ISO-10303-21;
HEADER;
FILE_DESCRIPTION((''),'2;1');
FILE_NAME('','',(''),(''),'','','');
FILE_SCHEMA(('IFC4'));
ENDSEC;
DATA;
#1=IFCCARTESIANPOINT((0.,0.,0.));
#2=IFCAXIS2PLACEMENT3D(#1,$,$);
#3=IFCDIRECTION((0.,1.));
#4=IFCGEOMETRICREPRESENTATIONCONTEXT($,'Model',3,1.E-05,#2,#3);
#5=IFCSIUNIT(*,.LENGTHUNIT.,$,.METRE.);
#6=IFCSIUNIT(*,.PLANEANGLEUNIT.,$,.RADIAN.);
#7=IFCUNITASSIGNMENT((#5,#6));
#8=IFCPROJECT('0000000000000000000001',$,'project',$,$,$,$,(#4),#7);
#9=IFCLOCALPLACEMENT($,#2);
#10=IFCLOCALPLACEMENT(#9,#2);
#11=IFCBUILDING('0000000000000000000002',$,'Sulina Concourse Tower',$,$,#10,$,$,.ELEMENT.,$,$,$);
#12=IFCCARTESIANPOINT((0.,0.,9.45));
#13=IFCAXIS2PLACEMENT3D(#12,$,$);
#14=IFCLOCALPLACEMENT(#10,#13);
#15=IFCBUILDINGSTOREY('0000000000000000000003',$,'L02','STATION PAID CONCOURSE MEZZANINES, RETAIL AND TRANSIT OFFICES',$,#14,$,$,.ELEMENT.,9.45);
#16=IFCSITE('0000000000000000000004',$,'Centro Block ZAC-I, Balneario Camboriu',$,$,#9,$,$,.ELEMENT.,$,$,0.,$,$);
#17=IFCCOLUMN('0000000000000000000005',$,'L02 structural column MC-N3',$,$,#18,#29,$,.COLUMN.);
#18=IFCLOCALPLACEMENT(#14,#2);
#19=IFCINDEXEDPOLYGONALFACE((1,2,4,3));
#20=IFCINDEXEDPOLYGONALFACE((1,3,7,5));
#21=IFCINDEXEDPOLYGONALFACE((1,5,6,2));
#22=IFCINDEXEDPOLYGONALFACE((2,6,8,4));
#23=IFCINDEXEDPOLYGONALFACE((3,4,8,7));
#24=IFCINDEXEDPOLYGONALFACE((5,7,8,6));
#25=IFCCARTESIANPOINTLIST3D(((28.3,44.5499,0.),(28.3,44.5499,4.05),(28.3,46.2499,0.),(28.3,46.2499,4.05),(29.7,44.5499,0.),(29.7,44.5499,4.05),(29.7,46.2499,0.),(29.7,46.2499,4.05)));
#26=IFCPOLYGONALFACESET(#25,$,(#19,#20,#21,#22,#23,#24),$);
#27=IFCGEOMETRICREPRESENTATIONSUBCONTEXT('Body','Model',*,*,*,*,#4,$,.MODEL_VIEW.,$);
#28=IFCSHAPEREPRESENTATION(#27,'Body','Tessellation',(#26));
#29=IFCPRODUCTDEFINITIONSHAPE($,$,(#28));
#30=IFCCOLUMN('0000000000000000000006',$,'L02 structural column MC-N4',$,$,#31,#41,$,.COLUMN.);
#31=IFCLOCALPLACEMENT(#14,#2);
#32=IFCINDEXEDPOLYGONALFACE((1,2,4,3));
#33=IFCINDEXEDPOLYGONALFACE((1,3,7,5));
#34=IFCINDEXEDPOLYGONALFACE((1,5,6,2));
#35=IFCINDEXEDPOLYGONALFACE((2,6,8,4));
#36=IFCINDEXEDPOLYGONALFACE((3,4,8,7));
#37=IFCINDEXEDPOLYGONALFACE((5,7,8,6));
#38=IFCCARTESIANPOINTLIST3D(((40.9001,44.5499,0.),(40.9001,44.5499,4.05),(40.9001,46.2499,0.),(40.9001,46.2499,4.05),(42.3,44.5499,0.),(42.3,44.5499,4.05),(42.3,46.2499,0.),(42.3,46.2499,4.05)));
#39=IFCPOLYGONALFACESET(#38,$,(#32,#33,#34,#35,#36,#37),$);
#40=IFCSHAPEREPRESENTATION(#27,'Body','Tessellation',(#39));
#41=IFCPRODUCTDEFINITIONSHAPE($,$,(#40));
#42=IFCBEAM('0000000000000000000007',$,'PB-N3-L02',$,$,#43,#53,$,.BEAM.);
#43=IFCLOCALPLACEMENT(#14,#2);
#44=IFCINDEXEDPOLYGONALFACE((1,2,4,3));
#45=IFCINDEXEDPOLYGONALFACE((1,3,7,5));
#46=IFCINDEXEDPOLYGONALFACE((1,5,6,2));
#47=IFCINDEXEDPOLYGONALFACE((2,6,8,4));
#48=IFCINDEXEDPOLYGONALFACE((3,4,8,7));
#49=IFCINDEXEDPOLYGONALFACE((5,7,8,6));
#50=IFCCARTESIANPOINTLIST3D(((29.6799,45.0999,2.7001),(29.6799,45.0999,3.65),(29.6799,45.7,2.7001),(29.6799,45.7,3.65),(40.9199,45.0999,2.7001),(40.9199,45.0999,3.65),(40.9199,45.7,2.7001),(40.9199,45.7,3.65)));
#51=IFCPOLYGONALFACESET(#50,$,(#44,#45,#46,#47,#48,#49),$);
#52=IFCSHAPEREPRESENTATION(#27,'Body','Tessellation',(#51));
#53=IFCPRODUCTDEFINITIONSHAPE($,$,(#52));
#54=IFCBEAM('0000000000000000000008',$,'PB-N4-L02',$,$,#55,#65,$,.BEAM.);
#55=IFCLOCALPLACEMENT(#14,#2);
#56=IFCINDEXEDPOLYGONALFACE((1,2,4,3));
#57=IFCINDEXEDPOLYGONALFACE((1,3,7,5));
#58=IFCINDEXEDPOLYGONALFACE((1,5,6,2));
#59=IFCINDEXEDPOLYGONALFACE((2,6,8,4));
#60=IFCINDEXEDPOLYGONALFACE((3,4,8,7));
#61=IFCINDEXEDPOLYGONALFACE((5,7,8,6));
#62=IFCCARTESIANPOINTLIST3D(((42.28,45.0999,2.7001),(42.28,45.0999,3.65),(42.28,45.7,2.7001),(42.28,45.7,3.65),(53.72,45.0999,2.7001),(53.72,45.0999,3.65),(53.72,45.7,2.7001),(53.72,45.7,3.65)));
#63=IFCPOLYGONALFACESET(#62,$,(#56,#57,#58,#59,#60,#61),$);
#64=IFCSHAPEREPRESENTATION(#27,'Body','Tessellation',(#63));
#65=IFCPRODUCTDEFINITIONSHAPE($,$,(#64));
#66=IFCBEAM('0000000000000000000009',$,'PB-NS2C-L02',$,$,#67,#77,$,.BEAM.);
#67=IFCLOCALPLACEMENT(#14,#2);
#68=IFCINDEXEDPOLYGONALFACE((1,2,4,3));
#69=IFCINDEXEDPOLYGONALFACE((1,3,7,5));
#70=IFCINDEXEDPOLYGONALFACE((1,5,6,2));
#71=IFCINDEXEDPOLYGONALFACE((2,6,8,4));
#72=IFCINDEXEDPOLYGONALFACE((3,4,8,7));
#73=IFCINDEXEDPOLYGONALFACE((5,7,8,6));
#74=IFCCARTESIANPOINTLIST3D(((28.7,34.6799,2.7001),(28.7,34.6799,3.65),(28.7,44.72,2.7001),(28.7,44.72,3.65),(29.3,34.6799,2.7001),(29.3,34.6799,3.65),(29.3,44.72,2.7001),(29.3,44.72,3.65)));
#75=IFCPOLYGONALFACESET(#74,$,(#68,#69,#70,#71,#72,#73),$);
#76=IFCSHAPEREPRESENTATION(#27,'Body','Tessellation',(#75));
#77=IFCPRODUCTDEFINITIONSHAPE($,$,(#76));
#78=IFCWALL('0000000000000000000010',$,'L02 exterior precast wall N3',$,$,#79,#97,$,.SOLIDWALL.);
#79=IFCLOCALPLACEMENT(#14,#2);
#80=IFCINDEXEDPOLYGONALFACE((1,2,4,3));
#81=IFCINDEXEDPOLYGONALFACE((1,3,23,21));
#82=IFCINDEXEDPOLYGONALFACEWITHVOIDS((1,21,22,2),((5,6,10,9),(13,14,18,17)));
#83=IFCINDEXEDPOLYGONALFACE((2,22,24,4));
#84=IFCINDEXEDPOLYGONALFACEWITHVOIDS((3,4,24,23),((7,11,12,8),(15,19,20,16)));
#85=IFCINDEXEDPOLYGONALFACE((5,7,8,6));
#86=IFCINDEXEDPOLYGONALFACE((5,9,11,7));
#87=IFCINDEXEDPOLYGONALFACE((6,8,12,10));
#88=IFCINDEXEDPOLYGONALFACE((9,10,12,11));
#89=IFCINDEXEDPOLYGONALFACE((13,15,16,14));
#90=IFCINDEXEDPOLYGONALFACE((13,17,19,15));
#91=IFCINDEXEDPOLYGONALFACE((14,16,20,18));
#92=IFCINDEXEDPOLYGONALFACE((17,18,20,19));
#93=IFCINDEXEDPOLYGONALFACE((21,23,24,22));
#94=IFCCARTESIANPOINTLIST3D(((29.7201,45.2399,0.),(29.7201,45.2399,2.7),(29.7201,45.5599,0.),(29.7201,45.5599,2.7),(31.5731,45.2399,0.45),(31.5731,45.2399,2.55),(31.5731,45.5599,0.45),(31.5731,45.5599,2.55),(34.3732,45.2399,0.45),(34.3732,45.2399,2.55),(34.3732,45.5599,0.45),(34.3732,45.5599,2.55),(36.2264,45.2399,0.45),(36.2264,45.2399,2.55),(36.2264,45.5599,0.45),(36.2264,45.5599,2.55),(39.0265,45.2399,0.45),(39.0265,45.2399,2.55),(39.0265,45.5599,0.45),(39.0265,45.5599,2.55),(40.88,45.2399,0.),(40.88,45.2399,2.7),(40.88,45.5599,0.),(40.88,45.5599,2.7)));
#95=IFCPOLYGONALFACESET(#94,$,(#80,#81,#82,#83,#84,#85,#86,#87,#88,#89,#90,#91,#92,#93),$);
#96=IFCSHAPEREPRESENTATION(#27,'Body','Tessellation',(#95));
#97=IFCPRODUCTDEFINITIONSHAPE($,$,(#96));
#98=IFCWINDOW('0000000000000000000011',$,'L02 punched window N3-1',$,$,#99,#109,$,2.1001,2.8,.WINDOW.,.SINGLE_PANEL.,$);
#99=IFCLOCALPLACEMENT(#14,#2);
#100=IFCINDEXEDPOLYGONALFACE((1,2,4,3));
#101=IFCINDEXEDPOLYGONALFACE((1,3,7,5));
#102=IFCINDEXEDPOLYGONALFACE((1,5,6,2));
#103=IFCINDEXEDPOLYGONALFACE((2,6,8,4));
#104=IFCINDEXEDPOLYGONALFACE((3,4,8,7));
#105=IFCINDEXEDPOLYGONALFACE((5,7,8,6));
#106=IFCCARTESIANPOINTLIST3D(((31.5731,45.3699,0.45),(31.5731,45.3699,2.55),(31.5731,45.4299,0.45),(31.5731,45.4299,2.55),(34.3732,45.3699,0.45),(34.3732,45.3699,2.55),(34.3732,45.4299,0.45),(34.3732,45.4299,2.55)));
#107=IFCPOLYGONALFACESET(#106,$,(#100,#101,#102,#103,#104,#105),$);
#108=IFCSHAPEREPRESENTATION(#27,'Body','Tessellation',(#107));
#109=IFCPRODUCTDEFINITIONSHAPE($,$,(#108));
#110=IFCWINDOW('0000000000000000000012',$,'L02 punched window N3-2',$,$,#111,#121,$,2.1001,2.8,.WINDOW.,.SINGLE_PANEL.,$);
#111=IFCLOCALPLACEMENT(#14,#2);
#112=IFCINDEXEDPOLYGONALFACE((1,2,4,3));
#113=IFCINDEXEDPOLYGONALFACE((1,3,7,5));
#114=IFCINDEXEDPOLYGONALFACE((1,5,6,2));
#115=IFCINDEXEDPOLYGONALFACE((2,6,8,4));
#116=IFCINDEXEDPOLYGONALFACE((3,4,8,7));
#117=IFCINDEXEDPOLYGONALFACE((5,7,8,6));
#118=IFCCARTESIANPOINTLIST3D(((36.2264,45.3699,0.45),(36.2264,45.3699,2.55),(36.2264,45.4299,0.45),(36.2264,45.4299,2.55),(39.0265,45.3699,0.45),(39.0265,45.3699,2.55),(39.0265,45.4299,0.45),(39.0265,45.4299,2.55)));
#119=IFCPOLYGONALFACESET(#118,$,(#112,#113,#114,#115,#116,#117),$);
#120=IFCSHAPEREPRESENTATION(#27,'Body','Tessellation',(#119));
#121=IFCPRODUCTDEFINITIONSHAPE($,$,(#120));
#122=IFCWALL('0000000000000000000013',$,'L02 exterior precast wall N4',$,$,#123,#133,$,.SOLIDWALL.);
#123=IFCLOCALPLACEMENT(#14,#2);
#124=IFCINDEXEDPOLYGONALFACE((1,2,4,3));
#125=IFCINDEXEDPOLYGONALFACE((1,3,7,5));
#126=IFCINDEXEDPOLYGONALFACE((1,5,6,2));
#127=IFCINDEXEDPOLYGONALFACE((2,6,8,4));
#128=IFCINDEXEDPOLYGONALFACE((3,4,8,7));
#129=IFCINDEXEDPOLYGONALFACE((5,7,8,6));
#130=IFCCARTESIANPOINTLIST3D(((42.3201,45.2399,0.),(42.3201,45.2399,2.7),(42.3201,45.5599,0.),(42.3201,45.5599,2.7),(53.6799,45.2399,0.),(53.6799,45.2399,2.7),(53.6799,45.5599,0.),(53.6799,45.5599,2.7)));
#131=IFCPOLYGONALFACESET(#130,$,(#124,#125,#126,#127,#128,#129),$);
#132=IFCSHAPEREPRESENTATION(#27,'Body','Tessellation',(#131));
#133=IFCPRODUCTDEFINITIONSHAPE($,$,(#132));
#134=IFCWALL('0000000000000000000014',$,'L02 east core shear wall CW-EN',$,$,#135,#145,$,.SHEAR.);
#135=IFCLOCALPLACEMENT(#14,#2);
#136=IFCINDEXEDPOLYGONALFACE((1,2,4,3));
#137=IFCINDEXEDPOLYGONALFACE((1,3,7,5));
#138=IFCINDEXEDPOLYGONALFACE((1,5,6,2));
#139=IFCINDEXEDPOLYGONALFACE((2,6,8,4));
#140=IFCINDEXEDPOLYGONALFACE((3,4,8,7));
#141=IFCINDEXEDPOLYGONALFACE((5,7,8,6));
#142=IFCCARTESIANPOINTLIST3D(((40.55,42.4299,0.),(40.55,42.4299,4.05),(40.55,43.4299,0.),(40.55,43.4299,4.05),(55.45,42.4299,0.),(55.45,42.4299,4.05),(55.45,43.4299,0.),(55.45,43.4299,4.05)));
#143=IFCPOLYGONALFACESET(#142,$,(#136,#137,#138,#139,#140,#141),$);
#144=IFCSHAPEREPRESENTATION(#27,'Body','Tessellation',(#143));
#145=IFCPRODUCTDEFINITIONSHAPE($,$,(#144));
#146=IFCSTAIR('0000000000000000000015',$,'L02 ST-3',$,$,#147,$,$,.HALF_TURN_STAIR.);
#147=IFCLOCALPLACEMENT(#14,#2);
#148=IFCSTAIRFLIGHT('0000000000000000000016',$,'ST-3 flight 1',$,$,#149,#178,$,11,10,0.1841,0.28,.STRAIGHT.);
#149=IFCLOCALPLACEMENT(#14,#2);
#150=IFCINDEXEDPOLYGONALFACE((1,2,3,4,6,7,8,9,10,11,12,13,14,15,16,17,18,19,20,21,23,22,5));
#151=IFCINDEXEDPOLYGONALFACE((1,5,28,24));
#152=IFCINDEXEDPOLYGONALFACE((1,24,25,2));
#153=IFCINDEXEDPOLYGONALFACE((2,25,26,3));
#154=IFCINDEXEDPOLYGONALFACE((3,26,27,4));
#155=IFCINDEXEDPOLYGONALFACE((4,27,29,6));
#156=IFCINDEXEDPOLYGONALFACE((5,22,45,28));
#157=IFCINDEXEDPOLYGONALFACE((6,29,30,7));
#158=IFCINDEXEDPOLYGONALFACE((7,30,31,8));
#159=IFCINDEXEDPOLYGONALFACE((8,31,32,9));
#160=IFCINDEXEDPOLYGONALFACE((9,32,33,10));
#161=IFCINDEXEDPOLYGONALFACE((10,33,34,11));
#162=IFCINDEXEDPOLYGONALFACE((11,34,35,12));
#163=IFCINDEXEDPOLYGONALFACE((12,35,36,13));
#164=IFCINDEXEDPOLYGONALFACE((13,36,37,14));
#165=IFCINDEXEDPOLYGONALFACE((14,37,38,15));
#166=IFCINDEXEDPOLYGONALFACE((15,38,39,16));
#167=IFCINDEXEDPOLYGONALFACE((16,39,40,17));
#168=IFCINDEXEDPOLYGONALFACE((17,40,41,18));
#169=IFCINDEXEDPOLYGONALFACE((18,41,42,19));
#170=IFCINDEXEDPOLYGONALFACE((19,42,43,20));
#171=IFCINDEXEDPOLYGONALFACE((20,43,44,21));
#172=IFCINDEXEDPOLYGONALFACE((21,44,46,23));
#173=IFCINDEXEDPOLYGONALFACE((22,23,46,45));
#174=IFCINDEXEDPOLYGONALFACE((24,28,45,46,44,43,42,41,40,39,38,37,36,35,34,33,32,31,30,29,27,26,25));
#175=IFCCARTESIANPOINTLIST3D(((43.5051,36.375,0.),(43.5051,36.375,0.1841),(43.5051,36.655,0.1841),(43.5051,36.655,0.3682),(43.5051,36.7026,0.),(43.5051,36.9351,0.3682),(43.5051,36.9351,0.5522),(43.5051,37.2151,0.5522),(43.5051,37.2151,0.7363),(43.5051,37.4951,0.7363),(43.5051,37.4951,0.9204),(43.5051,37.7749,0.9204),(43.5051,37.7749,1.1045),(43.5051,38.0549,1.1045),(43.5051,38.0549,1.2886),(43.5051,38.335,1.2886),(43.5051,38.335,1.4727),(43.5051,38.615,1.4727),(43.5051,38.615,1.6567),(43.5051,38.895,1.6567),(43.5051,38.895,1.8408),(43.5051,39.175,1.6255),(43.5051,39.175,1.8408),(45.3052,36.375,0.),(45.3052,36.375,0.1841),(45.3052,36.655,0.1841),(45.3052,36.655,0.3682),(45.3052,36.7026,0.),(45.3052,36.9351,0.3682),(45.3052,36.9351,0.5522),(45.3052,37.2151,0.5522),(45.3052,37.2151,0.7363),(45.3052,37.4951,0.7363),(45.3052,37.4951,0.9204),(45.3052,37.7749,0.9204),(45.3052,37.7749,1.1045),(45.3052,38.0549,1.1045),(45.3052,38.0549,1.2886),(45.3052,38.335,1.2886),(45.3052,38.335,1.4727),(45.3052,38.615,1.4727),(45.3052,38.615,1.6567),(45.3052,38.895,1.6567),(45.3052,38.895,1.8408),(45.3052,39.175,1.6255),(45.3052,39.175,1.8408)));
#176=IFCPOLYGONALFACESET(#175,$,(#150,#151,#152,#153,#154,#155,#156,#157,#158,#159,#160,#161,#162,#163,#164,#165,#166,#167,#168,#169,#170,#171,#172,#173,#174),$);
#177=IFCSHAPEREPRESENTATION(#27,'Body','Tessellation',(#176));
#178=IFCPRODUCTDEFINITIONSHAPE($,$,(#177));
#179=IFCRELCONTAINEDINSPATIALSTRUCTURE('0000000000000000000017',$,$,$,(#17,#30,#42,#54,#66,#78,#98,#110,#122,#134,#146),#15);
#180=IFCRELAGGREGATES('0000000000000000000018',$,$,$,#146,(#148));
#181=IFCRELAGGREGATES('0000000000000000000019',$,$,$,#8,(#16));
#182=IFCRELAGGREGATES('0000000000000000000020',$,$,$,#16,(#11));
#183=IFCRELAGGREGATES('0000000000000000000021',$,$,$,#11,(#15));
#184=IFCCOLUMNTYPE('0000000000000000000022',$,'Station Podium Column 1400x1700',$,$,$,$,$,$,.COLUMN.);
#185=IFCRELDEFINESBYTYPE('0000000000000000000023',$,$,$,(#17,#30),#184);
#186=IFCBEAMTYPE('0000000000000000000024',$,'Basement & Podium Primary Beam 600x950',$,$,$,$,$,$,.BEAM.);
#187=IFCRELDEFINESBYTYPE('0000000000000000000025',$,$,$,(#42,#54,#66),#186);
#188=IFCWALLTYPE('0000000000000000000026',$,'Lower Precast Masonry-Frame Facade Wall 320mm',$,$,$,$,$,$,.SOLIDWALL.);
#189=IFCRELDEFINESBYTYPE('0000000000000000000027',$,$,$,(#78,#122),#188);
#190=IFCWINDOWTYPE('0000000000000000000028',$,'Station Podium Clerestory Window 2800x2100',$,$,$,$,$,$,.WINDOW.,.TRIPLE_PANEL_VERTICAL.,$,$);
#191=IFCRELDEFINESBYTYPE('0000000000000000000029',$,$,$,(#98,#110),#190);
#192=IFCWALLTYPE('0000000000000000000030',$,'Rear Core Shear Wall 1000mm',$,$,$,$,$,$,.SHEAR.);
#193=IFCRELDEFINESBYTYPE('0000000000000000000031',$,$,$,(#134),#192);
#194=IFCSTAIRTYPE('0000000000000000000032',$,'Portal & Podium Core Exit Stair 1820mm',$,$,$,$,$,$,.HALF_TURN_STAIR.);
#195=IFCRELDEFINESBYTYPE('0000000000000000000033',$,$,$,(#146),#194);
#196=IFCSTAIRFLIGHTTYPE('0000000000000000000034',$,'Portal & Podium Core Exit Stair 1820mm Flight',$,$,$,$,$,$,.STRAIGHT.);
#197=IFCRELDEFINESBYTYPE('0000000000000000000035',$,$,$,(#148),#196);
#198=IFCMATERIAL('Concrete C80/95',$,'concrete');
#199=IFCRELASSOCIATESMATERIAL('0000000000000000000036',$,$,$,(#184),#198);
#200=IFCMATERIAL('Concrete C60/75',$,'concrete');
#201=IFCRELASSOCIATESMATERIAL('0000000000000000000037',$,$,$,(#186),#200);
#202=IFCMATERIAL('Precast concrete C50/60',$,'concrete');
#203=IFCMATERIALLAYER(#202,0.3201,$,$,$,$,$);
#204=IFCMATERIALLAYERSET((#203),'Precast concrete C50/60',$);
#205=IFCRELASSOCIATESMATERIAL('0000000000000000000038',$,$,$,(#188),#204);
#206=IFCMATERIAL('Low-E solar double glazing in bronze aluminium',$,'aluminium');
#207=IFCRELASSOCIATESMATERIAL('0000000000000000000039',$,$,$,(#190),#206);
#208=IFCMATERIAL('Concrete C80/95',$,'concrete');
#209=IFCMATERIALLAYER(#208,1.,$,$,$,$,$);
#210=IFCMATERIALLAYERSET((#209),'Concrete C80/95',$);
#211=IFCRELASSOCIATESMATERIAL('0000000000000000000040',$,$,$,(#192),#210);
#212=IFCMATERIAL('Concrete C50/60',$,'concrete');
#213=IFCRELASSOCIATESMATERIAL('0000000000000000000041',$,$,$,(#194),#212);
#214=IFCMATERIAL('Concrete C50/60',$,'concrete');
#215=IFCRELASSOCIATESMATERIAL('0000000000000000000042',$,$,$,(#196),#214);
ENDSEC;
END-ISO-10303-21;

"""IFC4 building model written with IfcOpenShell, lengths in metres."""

from ifc_helpers import new_model, si_unit, direction, frame, frame_2d, origin, origin_2d, place, context, subcontext, project, spatial, polyline, rectangle, outline, extrude, material, layer, layer_set, material_profile, profile_set, type_object, element, fill, aggregate, save


model = new_model("IFC4")

# Units and contexts
model_context = context("Model", 3, precision=1e-05, world=origin(), true_north=direction((0.0, 1.0)))
body_context = subcontext(model_context, "Body", "Model", "MODEL_VIEW")
ifc_project = project(units=[si_unit("LENGTHUNIT", "METRE"), si_unit("PLANEANGLEUNIT", "RADIAN")], contexts=[model_context])

# Site, building, storey
site_placement = place(None, origin())
site = spatial("IfcSite", under=ifc_project, at=site_placement, Name="Centro Block ZAC-I, Balneario Camboriu", CompositionType="ELEMENT", RefElevation=0.0)
building_placement = place(site_placement, origin())
building = spatial("IfcBuilding", under=site, at=building_placement, Name="Sulina Concourse Tower", CompositionType="ELEMENT")
storey_placement = place(building_placement, frame((0.0, 0.0, 9.45)))
storey = spatial("IfcBuildingStorey", under=building, at=storey_placement, Name="L02", Description="STATION PAID CONCOURSE MEZZANINES, RETAIL AND TRANSIT OFFICES", CompositionType="ELEMENT", Elevation=9.45)

# Columns
ifc_material_1 = material(Name="Concrete C80/95", Category="concrete")
ifc_material_profile_1 = material_profile(ifc_material_1, rectangle(XDim=1.3999, YDim=1.7, at=origin_2d()), Name="RC 1400x1700")
ifc_profile_set_1 = profile_set([ifc_material_profile_1], Name="Concrete C80/95")
column_type = type_object("IfcColumnType", Name="Station Podium Column 1400x1700", PredefinedType="COLUMN", material=ifc_profile_set_1)
for number, where, z_axis, x_axis, name in (
    (1, (29.0, 45.3999, 0.0), (0.0, 0.0, 1.0), (1.0, 0.0, 0.0), "L02 structural column MC-N3"),
    (2, (41.6001, 45.3999, 0.0), (0.0, 0.0, 1.0), (1.0, 0.0, 0.0), "L02 structural column MC-N4"),
):
    element("IfcColumn", number, at=place(storey_placement, frame(where, z_axis=z_axis, x_axis=x_axis)), inside=storey, type_object=column_type, Name=name, PredefinedType="COLUMN", context=body_context, shape_type="SweptSolid", body=[
        extrude(rectangle(XDim=1.3999, YDim=1.7, at=origin_2d()), origin(), (0.0, 0.0, 1.0), 4.05),
    ])

# Beams
ifc_material_2 = material(Name="Concrete C60/75", Category="concrete")
ifc_material_profile_2 = material_profile(ifc_material_2, rectangle(XDim=0.6001, YDim=0.95, at=origin_2d()), Name="RC 600x950")
ifc_profile_set_2 = profile_set([ifc_material_profile_2], Name="Concrete C60/75")
beam_type = type_object("IfcBeamType", Name="Basement & Podium Primary Beam 600x950", PredefinedType="BEAM", material=ifc_profile_set_2)
beam_1_placement = place(storey_placement, frame((29.6799, 45.3999, 3.175), z_axis=(1.0, 0.0, 0.0), x_axis=(0.0, 1.0, 0.0)))
element("IfcBeam", 3, at=beam_1_placement, inside=storey, type_object=beam_type, Name="PB-N3-L02", PredefinedType="BEAM", context=body_context, shape_type="SweptSolid", body=[
    extrude(rectangle(XDim=0.6001, YDim=0.95, at=origin_2d()), origin(), (0.0, 0.0, 1.0), 11.24),
])
beam_2_placement = place(storey_placement, frame((42.28, 45.3999, 3.175), z_axis=(1.0, 0.0, 0.0), x_axis=(0.0, 1.0, 0.0)))
element("IfcBeam", 4, at=beam_2_placement, inside=storey, type_object=beam_type, Name="PB-N4-L02", PredefinedType="BEAM", context=body_context, shape_type="SweptSolid", body=[
    extrude(rectangle(XDim=0.6001, YDim=0.95, at=origin_2d()), origin(), (0.0, 0.0, 1.0), 11.4399),
])
beam_3_placement = place(storey_placement, frame((29.0, 34.6799, 3.175), z_axis=(0.0, 1.0, 0.0), x_axis=(-1.0, 0.0, 0.0)))
element("IfcBeam", 5, at=beam_3_placement, inside=storey, type_object=beam_type, Name="PB-NS2C-L02", PredefinedType="BEAM", context=body_context, shape_type="SweptSolid", body=[
    extrude(rectangle(XDim=0.6001, YDim=0.95, at=origin_2d()), origin(), (0.0, 0.0, 1.0), 10.04),
])

# Wall, openings, windows
ifc_material_3 = material(Name="Precast concrete C50/60", Category="concrete")
ifc_layer_1 = layer(ifc_material_3, 0.3201)
ifc_layer_set_1 = layer_set([ifc_layer_1], Name="Precast concrete C50/60")
wall_type_1 = type_object("IfcWallType", Name="Lower Precast Masonry-Frame Facade Wall 320mm", PredefinedType="SOLIDWALL", material=ifc_layer_set_1)
wall_1_placement = place(storey_placement, frame((29.72, 45.3999, 0.0), z_axis=(0.0, 0.0, 1.0), x_axis=(1.0, 0.0, 0.0)))
wall_1 = element("IfcWall", 6, at=wall_1_placement, inside=storey, type_object=wall_type_1, Name="L02 exterior precast wall N3", PredefinedType="SOLIDWALL", context=body_context, shape_type="SweptSolid", body=[
    extrude(rectangle(XDim=11.1599, YDim=0.3201, at=frame_2d((5.5801, 0.0))), origin(), (0.0, 0.0, 1.0), 2.7),
])
opening_1_placement = place(wall_1_placement, frame((1.8533, 0.0, 0.45)))
opening_1 = element("IfcOpeningElement", 7, at=opening_1_placement, cuts=wall_1, PredefinedType="OPENING", context=body_context, shape_type="SweptSolid", body=[
    extrude(rectangle(XDim=2.8, YDim=2.1001, at=frame_2d((1.3999, 1.05))), frame((0.0, 0.1699, 0.0), z_axis=(0.0, -1.0, 0.0), x_axis=(1.0, 0.0, 0.0)), (0.0, 0.0, 1.0), 0.3401),
])
opening_2_placement = place(wall_1_placement, frame((6.5066, 0.0, 0.45)))
opening_2 = element("IfcOpeningElement", 8, at=opening_2_placement, cuts=wall_1, PredefinedType="OPENING", context=body_context, shape_type="SweptSolid", body=[
    extrude(rectangle(XDim=2.8, YDim=2.1001, at=frame_2d((1.3999, 1.05))), frame((0.0, 0.1699, 0.0), z_axis=(0.0, -1.0, 0.0), x_axis=(1.0, 0.0, 0.0)), (0.0, 0.0, 1.0), 0.3401),
])
ifc_material_4 = material(Name="Low-E solar double glazing in bronze aluminium", Category="aluminium")
window_type = type_object("IfcWindowType", Name="Station Podium Clerestory Window 2800x2100", PartitioningType="TRIPLE_PANEL_VERTICAL", PredefinedType="WINDOW", material=ifc_material_4)
window_1_placement = place(opening_1_placement, origin())
window_1 = element("IfcWindow", 9, at=window_1_placement, inside=storey, type_object=window_type, Name="L02 punched window N3-1", OverallHeight=2.1001, OverallWidth=2.8, PartitioningType="SINGLE_PANEL", PredefinedType="WINDOW", context=body_context, shape_type="SweptSolid", body=[
    extrude(rectangle(XDim=2.8, YDim=2.1001, at=frame_2d((1.3999, 1.05))), frame((0.0, 0.03, 0.0), z_axis=(0.0, -1.0, 0.0), x_axis=(1.0, 0.0, 0.0)), (0.0, 0.0, 1.0), 0.0601),
])
fill(opening_1, window_1)
window_2_placement = place(opening_2_placement, origin())
window_2 = element("IfcWindow", 10, at=window_2_placement, inside=storey, type_object=window_type, Name="L02 punched window N3-2", OverallHeight=2.1001, OverallWidth=2.8, PartitioningType="SINGLE_PANEL", PredefinedType="WINDOW", context=body_context, shape_type="SweptSolid", body=[
    extrude(rectangle(XDim=2.8, YDim=2.1001, at=frame_2d((1.3999, 1.05))), frame((0.0, 0.03, 0.0), z_axis=(0.0, -1.0, 0.0), x_axis=(1.0, 0.0, 0.0)), (0.0, 0.0, 1.0), 0.0601),
])
fill(opening_2, window_2)

# Walls
wall_2_placement = place(storey_placement, frame((42.3201, 45.3999, 0.0), z_axis=(0.0, 0.0, 1.0), x_axis=(1.0, 0.0, 0.0)))
element("IfcWall", 11, at=wall_2_placement, inside=storey, type_object=wall_type_1, Name="L02 exterior precast wall N4", PredefinedType="SOLIDWALL", context=body_context, shape_type="SweptSolid", body=[
    extrude(rectangle(XDim=11.3599, YDim=0.3201, at=frame_2d((5.6799, 0.0))), origin(), (0.0, 0.0, 1.0), 2.7),
])
ifc_material_5 = material(Name="Concrete C80/95", Category="concrete")
ifc_layer_2 = layer(ifc_material_5, 1.0)
ifc_layer_set_2 = layer_set([ifc_layer_2], Name="Concrete C80/95")
wall_type_2 = type_object("IfcWallType", Name="Rear Core Shear Wall 1000mm", PredefinedType="SHEAR", material=ifc_layer_set_2)
wall_3_placement = place(storey_placement, frame((40.55, 42.9299, 0.0), z_axis=(0.0, 0.0, 1.0), x_axis=(1.0, 0.0, 0.0)))
element("IfcWall", 12, at=wall_3_placement, inside=storey, type_object=wall_type_2, Name="L02 east core shear wall CW-EN", PredefinedType="SHEAR", context=body_context, shape_type="SweptSolid", body=[
    extrude(rectangle(XDim=14.8999, YDim=1.0, at=frame_2d((7.45, 0.0))), origin(), (0.0, 0.0, 1.0), 4.05),
])

# Stair, stair flight
ifc_material_6 = material(Name="Concrete C50/60", Category="concrete")
stair_type = type_object("IfcStairType", Name="Portal & Podium Core Exit Stair 1820mm", PredefinedType="HALF_TURN_STAIR", material=ifc_material_6)
stair_placement = place(storey_placement, origin())
stair = element("IfcStair", 13, at=stair_placement, inside=storey, type_object=stair_type, Name="L02 ST-3", PredefinedType="HALF_TURN_STAIR")
ifc_material_7 = material(Name="Concrete C50/60", Category="concrete")
stair_flight_type = type_object("IfcStairFlightType", Name="Portal & Podium Core Exit Stair 1820mm Flight", PredefinedType="STRAIGHT", material=ifc_material_7)
stair_flight_1_placement = place(storey_placement, frame((44.405, 36.375, 0.0), z_axis=(0.0, 0.0, 1.0), x_axis=(0.0, 1.0, 0.0)))
stair_flight_1 = element("IfcStairFlight", 14, at=stair_flight_1_placement, type_object=stair_flight_type, Name="ST-3 flight 1", NumberOfRisers=11, NumberOfTreads=10, PredefinedType="STRAIGHT", RiserHeight=0.1841, TreadLength=0.28, context=body_context, shape_type="SweptSolid", body=[
    extrude(outline(polyline([(0.0, 0.0), (0.0, 0.1841), (0.28, 0.1841), (0.28, 0.3682), (0.5601, 0.3682), (0.5601, 0.5522), (0.8401, 0.5522), (0.8401, 0.7363), (1.1201, 0.7363), (1.1201, 0.9204), (1.3999, 0.9204), (1.3999, 1.1045), (1.6799, 1.1045), (1.6799, 1.2886), (1.96, 1.2886), (1.96, 1.4727), (2.24, 1.4727), (2.24, 1.6567), (2.52, 1.6567), (2.52, 1.8408), (2.8, 1.8408), (2.8, 2.0249), (2.8, 1.6255), (0.3276, 0.0), (0.0, 0.0)])), frame((0.0, 0.8999, 0.0), z_axis=(0.0, -1.0, 0.0), x_axis=(1.0, 0.0, 0.0)), (0.0, 0.0, 1.0), 1.8),
])
aggregate(stair, [stair_flight_1])

save(model, "model.ifc")
